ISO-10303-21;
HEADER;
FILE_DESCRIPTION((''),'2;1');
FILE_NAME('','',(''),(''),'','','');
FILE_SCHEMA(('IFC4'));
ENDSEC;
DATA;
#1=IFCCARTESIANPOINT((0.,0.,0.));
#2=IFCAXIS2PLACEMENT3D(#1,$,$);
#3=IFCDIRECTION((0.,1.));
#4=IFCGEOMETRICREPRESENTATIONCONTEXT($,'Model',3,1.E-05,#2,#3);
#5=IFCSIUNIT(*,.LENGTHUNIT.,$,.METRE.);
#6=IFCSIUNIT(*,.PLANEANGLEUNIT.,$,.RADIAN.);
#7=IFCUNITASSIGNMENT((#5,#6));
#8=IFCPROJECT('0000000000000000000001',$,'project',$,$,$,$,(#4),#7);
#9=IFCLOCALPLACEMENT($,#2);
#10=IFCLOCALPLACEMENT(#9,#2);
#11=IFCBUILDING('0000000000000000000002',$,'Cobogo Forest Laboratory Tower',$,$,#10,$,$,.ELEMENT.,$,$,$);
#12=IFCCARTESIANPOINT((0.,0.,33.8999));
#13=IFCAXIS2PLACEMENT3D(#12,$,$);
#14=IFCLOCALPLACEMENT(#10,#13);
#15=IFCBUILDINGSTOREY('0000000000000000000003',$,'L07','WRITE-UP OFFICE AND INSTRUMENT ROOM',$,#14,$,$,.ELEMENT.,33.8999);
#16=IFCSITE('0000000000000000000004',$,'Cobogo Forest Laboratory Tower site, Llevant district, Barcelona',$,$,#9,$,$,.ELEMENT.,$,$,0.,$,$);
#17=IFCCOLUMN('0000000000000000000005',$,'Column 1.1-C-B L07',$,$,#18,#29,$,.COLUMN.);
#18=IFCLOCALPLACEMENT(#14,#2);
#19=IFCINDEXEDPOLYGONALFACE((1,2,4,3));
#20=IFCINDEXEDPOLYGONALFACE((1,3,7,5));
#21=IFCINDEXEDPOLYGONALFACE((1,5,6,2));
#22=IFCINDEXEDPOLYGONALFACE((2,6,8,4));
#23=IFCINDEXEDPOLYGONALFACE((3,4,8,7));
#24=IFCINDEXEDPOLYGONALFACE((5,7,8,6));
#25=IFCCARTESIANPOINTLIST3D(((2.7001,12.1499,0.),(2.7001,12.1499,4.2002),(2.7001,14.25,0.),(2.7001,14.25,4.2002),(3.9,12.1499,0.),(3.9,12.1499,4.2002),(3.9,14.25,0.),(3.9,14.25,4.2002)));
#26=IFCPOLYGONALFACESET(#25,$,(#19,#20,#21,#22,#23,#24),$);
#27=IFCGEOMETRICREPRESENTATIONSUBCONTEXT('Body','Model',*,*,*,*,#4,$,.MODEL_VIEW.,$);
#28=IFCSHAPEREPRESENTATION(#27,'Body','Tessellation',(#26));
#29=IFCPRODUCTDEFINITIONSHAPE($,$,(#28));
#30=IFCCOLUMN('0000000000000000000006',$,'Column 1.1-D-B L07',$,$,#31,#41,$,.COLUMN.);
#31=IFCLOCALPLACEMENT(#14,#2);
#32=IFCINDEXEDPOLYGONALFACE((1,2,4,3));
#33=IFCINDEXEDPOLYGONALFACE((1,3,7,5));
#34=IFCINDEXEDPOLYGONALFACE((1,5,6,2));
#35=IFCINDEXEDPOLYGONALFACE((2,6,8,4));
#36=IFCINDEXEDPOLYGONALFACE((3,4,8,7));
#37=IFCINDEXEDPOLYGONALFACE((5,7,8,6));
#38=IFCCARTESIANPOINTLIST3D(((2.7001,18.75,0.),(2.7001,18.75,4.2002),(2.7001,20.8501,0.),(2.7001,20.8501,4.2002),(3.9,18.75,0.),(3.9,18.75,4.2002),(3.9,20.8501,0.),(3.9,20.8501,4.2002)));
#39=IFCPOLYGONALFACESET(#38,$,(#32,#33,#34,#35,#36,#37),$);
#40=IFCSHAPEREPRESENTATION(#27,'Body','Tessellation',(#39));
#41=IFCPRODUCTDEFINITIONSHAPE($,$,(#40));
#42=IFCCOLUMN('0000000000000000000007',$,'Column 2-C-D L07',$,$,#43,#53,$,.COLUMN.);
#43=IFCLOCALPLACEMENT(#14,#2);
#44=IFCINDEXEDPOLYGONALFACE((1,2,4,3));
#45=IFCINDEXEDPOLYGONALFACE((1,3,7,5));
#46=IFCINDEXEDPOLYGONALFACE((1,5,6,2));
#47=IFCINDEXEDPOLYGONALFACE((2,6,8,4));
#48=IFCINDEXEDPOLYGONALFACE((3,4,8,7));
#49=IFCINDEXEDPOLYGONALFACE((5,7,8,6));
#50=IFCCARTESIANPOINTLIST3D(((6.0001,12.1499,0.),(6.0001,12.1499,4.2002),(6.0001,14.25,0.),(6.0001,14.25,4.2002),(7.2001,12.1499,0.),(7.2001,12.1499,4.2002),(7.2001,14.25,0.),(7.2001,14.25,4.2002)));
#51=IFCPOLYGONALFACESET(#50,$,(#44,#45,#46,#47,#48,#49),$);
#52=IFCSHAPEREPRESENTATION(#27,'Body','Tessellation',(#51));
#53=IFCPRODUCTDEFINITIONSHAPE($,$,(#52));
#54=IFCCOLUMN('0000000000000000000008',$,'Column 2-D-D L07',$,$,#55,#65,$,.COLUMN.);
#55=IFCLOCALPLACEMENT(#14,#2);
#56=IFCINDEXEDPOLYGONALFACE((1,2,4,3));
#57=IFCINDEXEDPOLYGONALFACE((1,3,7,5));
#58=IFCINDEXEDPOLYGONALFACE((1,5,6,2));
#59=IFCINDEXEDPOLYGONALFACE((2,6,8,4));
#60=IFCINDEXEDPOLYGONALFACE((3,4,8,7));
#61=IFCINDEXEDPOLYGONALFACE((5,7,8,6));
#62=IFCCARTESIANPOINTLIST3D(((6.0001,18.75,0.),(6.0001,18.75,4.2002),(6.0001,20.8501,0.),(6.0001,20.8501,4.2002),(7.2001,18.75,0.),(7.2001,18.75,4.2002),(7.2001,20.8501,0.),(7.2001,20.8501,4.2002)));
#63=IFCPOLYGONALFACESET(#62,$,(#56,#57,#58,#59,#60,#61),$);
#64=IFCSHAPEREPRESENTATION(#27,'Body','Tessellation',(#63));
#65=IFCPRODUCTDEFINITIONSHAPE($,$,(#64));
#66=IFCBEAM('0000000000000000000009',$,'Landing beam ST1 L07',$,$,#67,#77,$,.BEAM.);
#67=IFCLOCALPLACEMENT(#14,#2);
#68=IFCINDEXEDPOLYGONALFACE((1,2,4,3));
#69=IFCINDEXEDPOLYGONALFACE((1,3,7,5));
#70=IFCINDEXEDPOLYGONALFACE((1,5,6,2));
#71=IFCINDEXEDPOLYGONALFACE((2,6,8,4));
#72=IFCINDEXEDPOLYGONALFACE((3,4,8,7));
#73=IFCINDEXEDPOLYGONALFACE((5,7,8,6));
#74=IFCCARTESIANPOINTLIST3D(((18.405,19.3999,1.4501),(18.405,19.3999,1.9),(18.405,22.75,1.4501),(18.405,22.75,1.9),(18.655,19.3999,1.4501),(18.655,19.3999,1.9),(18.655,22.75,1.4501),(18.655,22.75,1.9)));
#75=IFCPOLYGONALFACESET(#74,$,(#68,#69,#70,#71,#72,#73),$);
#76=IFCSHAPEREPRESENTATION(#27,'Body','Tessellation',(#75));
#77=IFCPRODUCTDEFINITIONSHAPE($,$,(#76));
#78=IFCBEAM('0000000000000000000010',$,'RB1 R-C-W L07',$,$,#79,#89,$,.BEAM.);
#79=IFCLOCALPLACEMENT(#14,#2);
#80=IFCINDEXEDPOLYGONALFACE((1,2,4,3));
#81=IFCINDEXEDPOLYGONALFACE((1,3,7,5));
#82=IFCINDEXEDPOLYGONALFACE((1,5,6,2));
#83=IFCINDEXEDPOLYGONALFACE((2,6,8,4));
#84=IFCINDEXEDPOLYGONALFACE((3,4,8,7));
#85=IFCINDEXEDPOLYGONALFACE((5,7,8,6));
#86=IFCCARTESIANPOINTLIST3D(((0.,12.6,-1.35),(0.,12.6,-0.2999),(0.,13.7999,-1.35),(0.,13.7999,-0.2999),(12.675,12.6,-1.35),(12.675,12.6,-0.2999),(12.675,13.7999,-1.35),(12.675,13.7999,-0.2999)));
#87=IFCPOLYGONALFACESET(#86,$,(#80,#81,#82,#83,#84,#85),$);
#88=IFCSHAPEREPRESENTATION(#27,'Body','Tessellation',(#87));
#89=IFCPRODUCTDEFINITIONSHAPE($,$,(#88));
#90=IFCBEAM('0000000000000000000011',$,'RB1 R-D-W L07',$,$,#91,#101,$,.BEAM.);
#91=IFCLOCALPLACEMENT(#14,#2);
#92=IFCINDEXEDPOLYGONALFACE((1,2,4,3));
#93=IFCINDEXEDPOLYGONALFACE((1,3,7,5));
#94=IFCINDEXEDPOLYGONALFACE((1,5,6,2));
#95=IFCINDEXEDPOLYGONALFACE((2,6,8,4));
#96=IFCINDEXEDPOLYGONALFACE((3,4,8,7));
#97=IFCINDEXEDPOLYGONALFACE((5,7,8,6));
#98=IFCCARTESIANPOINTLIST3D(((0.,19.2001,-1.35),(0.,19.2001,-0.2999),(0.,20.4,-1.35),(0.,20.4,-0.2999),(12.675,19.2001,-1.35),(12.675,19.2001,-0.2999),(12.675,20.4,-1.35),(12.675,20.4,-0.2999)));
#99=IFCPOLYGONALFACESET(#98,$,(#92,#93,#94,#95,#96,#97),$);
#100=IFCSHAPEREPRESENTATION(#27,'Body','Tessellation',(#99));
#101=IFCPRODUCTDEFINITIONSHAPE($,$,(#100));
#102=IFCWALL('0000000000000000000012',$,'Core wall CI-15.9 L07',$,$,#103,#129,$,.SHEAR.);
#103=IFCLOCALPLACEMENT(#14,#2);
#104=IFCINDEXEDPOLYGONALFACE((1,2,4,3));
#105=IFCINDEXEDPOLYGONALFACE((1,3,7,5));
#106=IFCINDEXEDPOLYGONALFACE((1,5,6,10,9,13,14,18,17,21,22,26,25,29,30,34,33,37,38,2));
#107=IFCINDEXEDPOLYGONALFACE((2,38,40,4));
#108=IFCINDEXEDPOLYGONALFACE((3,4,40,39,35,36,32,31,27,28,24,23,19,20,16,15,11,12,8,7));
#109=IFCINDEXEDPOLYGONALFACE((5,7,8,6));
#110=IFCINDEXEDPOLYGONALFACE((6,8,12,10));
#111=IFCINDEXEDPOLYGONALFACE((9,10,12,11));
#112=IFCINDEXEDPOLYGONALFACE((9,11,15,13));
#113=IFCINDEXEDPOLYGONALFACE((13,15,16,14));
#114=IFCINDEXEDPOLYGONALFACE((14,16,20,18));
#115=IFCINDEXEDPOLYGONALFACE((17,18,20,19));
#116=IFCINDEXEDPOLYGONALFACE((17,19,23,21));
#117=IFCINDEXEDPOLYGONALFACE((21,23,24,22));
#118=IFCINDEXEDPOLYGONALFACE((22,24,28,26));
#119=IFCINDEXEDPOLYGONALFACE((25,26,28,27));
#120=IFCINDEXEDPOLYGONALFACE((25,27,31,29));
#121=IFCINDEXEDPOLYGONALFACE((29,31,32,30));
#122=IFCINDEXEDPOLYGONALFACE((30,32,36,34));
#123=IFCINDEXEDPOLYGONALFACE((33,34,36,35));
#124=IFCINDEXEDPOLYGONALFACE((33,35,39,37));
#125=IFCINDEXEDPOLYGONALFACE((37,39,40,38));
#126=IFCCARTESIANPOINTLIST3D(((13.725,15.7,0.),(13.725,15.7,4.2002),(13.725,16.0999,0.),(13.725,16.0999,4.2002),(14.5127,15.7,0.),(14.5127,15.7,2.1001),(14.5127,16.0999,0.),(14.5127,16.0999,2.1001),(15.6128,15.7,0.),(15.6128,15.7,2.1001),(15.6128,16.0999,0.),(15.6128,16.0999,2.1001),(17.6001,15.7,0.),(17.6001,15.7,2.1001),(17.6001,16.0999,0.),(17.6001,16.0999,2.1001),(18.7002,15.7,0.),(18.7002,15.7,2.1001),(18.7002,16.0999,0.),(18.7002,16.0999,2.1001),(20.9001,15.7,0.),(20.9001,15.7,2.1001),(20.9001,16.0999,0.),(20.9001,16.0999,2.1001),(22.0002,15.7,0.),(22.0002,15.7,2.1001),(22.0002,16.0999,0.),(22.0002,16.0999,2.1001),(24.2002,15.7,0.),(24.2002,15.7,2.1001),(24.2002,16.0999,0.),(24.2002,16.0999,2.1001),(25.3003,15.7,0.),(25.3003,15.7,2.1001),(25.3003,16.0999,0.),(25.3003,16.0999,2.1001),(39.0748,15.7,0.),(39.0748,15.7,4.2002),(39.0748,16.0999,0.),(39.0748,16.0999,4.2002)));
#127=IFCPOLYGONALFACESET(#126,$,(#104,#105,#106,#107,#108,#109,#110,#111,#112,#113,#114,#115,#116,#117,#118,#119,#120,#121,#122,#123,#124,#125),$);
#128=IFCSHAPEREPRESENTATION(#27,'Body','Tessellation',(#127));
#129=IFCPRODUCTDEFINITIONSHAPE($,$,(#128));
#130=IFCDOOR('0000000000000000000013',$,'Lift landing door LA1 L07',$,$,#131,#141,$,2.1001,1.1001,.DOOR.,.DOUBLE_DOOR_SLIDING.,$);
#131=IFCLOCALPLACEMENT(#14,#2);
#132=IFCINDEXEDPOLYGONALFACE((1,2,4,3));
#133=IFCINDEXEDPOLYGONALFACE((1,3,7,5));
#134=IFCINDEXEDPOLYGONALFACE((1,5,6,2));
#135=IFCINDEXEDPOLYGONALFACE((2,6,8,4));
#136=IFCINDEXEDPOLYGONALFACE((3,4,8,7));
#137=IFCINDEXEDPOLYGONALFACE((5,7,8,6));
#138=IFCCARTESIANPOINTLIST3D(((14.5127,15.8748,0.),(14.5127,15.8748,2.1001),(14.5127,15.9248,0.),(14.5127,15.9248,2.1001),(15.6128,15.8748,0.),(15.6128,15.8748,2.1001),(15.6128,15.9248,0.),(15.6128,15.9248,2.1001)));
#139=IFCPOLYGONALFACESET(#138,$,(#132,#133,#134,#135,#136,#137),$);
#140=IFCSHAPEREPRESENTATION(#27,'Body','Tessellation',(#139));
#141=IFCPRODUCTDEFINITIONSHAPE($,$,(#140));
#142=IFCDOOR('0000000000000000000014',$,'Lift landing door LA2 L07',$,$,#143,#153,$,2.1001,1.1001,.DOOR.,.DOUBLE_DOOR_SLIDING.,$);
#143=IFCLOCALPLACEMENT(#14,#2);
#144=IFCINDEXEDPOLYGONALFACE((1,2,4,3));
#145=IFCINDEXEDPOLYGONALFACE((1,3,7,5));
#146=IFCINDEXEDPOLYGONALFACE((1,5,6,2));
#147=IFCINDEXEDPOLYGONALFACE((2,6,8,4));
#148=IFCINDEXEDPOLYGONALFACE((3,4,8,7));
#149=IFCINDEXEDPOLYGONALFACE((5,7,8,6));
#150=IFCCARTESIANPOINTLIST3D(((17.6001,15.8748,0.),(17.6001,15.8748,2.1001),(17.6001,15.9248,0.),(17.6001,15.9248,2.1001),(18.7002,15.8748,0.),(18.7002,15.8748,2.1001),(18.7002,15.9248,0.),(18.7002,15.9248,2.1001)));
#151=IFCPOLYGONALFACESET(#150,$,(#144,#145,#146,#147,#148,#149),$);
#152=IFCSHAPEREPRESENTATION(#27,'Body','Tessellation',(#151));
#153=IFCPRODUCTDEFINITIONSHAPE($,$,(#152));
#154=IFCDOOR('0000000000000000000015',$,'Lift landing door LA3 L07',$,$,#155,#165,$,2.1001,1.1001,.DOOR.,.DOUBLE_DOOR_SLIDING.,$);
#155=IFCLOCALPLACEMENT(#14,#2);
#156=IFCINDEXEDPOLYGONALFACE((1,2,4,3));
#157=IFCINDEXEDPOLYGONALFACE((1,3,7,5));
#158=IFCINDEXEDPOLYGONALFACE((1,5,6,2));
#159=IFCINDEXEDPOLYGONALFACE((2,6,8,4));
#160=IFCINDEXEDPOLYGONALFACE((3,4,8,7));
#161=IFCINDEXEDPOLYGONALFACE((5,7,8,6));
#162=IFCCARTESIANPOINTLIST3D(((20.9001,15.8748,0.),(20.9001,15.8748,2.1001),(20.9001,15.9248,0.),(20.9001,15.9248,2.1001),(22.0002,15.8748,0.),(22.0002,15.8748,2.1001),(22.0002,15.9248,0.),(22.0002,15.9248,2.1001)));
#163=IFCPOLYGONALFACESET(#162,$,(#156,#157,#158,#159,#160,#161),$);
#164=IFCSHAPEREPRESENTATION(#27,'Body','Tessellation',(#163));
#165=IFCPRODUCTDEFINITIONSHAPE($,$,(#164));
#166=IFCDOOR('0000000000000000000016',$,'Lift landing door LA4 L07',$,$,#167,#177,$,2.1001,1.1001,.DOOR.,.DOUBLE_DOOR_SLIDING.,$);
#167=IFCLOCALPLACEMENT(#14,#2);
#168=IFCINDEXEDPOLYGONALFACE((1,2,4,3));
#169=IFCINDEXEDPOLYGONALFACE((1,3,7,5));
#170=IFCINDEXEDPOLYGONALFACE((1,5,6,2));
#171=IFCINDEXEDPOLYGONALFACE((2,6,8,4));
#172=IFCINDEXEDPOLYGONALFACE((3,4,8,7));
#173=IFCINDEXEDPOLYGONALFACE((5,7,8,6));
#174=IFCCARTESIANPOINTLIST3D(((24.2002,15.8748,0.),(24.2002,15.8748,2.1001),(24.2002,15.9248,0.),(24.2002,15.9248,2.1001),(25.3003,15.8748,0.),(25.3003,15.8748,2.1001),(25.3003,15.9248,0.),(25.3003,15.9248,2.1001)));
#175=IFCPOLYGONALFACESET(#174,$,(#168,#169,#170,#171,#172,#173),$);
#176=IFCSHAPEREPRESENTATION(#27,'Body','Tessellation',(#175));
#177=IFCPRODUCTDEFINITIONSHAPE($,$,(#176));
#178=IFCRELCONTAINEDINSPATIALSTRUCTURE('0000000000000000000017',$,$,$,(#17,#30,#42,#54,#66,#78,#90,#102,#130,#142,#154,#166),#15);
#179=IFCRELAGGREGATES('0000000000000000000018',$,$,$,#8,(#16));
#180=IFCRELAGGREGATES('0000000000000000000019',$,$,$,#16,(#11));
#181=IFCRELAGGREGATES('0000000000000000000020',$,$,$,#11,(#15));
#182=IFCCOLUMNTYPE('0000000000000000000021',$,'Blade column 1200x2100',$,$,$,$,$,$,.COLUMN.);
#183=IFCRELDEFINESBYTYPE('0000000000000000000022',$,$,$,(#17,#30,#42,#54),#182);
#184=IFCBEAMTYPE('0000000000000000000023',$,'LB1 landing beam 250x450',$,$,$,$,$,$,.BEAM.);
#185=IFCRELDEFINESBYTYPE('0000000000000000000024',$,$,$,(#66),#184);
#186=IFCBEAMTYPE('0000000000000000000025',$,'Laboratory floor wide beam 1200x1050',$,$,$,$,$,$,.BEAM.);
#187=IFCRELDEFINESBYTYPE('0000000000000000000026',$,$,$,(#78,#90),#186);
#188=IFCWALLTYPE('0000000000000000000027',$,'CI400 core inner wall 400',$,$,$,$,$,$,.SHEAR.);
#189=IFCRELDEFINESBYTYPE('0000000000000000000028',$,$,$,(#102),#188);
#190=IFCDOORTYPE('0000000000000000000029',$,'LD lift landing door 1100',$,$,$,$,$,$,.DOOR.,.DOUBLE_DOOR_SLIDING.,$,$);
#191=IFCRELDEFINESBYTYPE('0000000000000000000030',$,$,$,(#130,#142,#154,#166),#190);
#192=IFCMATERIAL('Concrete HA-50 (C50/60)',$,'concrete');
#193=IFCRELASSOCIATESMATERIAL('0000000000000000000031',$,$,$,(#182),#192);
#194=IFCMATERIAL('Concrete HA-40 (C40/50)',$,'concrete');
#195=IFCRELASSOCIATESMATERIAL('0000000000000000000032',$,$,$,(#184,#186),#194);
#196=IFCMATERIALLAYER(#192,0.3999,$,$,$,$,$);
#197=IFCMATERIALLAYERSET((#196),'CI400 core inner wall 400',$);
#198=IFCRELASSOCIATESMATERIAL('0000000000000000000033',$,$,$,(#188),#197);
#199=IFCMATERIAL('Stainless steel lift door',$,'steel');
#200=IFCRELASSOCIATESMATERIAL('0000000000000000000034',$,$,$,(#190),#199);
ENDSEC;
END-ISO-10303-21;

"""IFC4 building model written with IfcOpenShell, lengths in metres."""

from ifc_helpers import new_model, si_unit, direction, frame, frame_2d, origin, origin_2d, place, context, subcontext, project, spatial, rectangle, extrude, material, layer, layer_set, material_profile, profile_set, type_object, element, fill, save


model = new_model("IFC4")

# Units and contexts
model_context = context("Model", 3, precision=1e-05, world=origin(), true_north=direction((0.0, 1.0)))
body_context = subcontext(model_context, "Body", "Model", "MODEL_VIEW")
ifc_project = project(units=[si_unit("LENGTHUNIT", "METRE"), si_unit("PLANEANGLEUNIT", "RADIAN")], contexts=[model_context])

# Site, building, storey
site_placement = place(None, origin())
site = spatial("IfcSite", under=ifc_project, at=site_placement, Name="Cobogo Forest Laboratory Tower site, Llevant district, Barcelona", CompositionType="ELEMENT", RefElevation=0.0)
building_placement = place(site_placement, origin())
building = spatial("IfcBuilding", under=site, at=building_placement, Name="Cobogo Forest Laboratory Tower", CompositionType="ELEMENT")
storey_placement = place(building_placement, frame((0.0, 0.0, 33.8999)))
storey = spatial("IfcBuildingStorey", under=building, at=storey_placement, Name="L07", Description="WRITE-UP OFFICE AND INSTRUMENT ROOM", CompositionType="ELEMENT", Elevation=33.8999)

# Columns
ifc_material_1 = material(Name="Concrete HA-50 (C50/60)", Category="concrete")
ifc_material_profile_1 = material_profile(ifc_material_1, rectangle(XDim=2.1001, YDim=1.2, at=origin_2d()), Name="RC 1200x2100")
ifc_profile_set_1 = profile_set([ifc_material_profile_1], Name="Concrete HA-50 (C50/60)")
column_type = type_object("IfcColumnType", Name="Blade column 1200x2100", PredefinedType="COLUMN", material=ifc_profile_set_1)
for number, where, z_axis, x_axis, name in (
    (1, (3.3, 13.2, 0.0), (0.0, 0.0, 1.0), (0.0, 1.0, 0.0), "Column 1.1-C-B L07"),
    (2, (3.3, 19.8, 0.0), (0.0, 0.0, 1.0), (0.0, 1.0, 0.0), "Column 1.1-D-B L07"),
    (3, (6.6001, 13.2, 0.0), (0.0, 0.0, 1.0), (0.0, 1.0, 0.0), "Column 2-C-D L07"),
    (4, (6.6001, 19.8, 0.0), (0.0, 0.0, 1.0), (0.0, 1.0, 0.0), "Column 2-D-D L07"),
):
    element("IfcColumn", number, at=place(storey_placement, frame(where, z_axis=z_axis, x_axis=x_axis)), inside=storey, type_object=column_type, Name=name, PredefinedType="COLUMN", context=body_context, shape_type="SweptSolid", body=[
        extrude(rectangle(XDim=2.1001, YDim=1.2, at=origin_2d()), origin(), (0.0, 0.0, 1.0), 4.2002),
    ])

# Beams
ifc_material_2 = material(Name="Concrete HA-40 (C40/50)", Category="concrete")
ifc_material_profile_2 = material_profile(ifc_material_2, rectangle(XDim=0.25, YDim=0.45, at=origin_2d()), Name="RC 250x450")
ifc_profile_set_2 = profile_set([ifc_material_profile_2], Name="Concrete HA-40 (C40/50)")
beam_type_1 = type_object("IfcBeamType", Name="LB1 landing beam 250x450", PredefinedType="BEAM", material=ifc_profile_set_2)
beam_placement = place(storey_placement, frame((18.53, 19.3999, 1.675), z_axis=(0.0, 1.0, 0.0), x_axis=(-1.0, 0.0, 0.0)))
element("IfcBeam", 5, at=beam_placement, inside=storey, type_object=beam_type_1, Name="Landing beam ST1 L07", PredefinedType="BEAM", context=body_context, shape_type="SweptSolid", body=[
    extrude(rectangle(XDim=0.25, YDim=0.45, at=origin_2d()), origin(), (0.0, 0.0, 1.0), 3.3501),
])
ifc_material_profile_3 = material_profile(ifc_material_2, rectangle(XDim=1.2, YDim=1.05, at=origin_2d()), Name="RC 1200x1050")
ifc_profile_set_3 = profile_set([ifc_material_profile_3], Name="Concrete HA-40 (C40/50)")
beam_type_2 = type_object("IfcBeamType", Name="Laboratory floor wide beam 1200x1050", PredefinedType="BEAM", material=ifc_profile_set_3)
for number, where, z_axis, x_axis, name in (
    (6, (12.675, 13.2, -0.825), (-1.0, 0.0, 0.0), (0.0, -1.0, 0.0), "RB1 R-C-W L07"),
    (7, (12.675, 19.8, -0.825), (-1.0, 0.0, 0.0), (0.0, -1.0, 0.0), "RB1 R-D-W L07"),
):
    element("IfcBeam", number, at=place(storey_placement, frame(where, z_axis=z_axis, x_axis=x_axis)), inside=storey, type_object=beam_type_2, Name=name, PredefinedType="BEAM", context=body_context, shape_type="SweptSolid", body=[
        extrude(rectangle(XDim=1.2, YDim=1.05, at=origin_2d()), origin(), (0.0, 0.0, 1.0), 12.675),
    ])

# Wall, openings, doors
ifc_layer_1 = layer(ifc_material_1, 0.3999)
ifc_layer_set_1 = layer_set([ifc_layer_1], Name="CI400 core inner wall 400")
wall_type_1 = type_object("IfcWallType", Name="CI400 core inner wall 400", PredefinedType="SHEAR", material=ifc_layer_set_1)
wall_1_placement = place(storey_placement, frame((13.7251, 15.8999, 0.0), z_axis=(0.0, 0.0, 1.0), x_axis=(1.0, 0.0, 0.0)))
wall_1 = element("IfcWall", 8, at=wall_1_placement, inside=storey, type_object=wall_type_1, Name="Core wall CI-15.9 L07", PredefinedType="SHEAR", context=body_context, shape_type="SweptSolid", body=[
    extrude(rectangle(XDim=25.3499, YDim=0.3999, at=frame_2d((12.6748, 0.0))), origin(), (0.0, 0.0, 1.0), 4.2002),
])
opening_1_placement = place(wall_1_placement, frame((0.7876, 0.0, 0.0)))
opening_1 = element("IfcOpeningElement", 9, at=opening_1_placement, cuts=wall_1, PredefinedType="OPENING", context=body_context, shape_type="SweptSolid", body=[
    extrude(rectangle(XDim=1.1001, YDim=2.1001, at=frame_2d((0.55, 1.05))), frame((0.0, 0.21, 0.0), z_axis=(0.0, -1.0, 0.0), x_axis=(1.0, 0.0, 0.0)), (0.0, 0.0, 1.0), 0.4199),
])
opening_2_placement = place(wall_1_placement, frame((3.875, 0.0, 0.0)))
opening_2 = element("IfcOpeningElement", 10, at=opening_2_placement, cuts=wall_1, PredefinedType="OPENING", context=body_context, shape_type="SweptSolid", body=[
    extrude(rectangle(XDim=1.1001, YDim=2.1001, at=frame_2d((0.55, 1.05))), frame((0.0, 0.21, 0.0), z_axis=(0.0, -1.0, 0.0), x_axis=(1.0, 0.0, 0.0)), (0.0, 0.0, 1.0), 0.4199),
])
opening_3_placement = place(wall_1_placement, frame((7.175, 0.0, 0.0)))
opening_3 = element("IfcOpeningElement", 11, at=opening_3_placement, cuts=wall_1, PredefinedType="OPENING", context=body_context, shape_type="SweptSolid", body=[
    extrude(rectangle(XDim=1.1001, YDim=2.1001, at=frame_2d((0.55, 1.05))), frame((0.0, 0.21, 0.0), z_axis=(0.0, -1.0, 0.0), x_axis=(1.0, 0.0, 0.0)), (0.0, 0.0, 1.0), 0.4199),
])
opening_4_placement = place(wall_1_placement, frame((10.4751, 0.0, 0.0)))
opening_4 = element("IfcOpeningElement", 12, at=opening_4_placement, cuts=wall_1, PredefinedType="OPENING", context=body_context, shape_type="SweptSolid", body=[
    extrude(rectangle(XDim=1.1001, YDim=2.1001, at=frame_2d((0.55, 1.05))), frame((0.0, 0.21, 0.0), z_axis=(0.0, -1.0, 0.0), x_axis=(1.0, 0.0, 0.0)), (0.0, 0.0, 1.0), 0.4199),
])
ifc_material_3 = material(Name="Stainless steel lift door", Category="steel")
door_type_1 = type_object("IfcDoorType", Name="LD lift landing door 1100", OperationType="DOUBLE_DOOR_SLIDING", PredefinedType="DOOR", material=ifc_material_3)
door_1_placement = place(opening_1_placement, origin())
door_1 = element("IfcDoor", 13, at=door_1_placement, inside=storey, type_object=door_type_1, Name="Lift landing door LA1 L07", OperationType="DOUBLE_DOOR_SLIDING", OverallHeight=2.1001, OverallWidth=1.1001, PredefinedType="DOOR", context=body_context, shape_type="SweptSolid", body=[
    extrude(rectangle(XDim=1.1001, YDim=2.1001, at=frame_2d((0.55, 1.05))), frame((0.0, 0.0249, 0.0), z_axis=(0.0, -1.0, 0.0), x_axis=(1.0, 0.0, 0.0)), (0.0, 0.0, 1.0), 0.05),
])
fill(opening_1, door_1)
door_2_placement = place(opening_2_placement, origin())
door_2 = element("IfcDoor", 14, at=door_2_placement, inside=storey, type_object=door_type_1, Name="Lift landing door LA2 L07", OperationType="DOUBLE_DOOR_SLIDING", OverallHeight=2.1001, OverallWidth=1.1001, PredefinedType="DOOR", context=body_context, shape_type="SweptSolid", body=[
    extrude(rectangle(XDim=1.1001, YDim=2.1001, at=frame_2d((0.55, 1.05))), frame((0.0, 0.0249, 0.0), z_axis=(0.0, -1.0, 0.0), x_axis=(1.0, 0.0, 0.0)), (0.0, 0.0, 1.0), 0.05),
])
fill(opening_2, door_2)
door_3_placement = place(opening_3_placement, origin())
door_3 = element("IfcDoor", 15, at=door_3_placement, inside=storey, type_object=door_type_1, Name="Lift landing door LA3 L07", OperationType="DOUBLE_DOOR_SLIDING", OverallHeight=2.1001, OverallWidth=1.1001, PredefinedType="DOOR", context=body_context, shape_type="SweptSolid", body=[
    extrude(rectangle(XDim=1.1001, YDim=2.1001, at=frame_2d((0.55, 1.05))), frame((0.0, 0.0249, 0.0), z_axis=(0.0, -1.0, 0.0), x_axis=(1.0, 0.0, 0.0)), (0.0, 0.0, 1.0), 0.05),
])
fill(opening_3, door_3)
door_4_placement = place(opening_4_placement, origin())
door_4 = element("IfcDoor", 16, at=door_4_placement, inside=storey, type_object=door_type_1, Name="Lift landing door LA4 L07", OperationType="DOUBLE_DOOR_SLIDING", OverallHeight=2.1001, OverallWidth=1.1001, PredefinedType="DOOR", context=body_context, shape_type="SweptSolid", body=[
    extrude(rectangle(XDim=1.1001, YDim=2.1001, at=frame_2d((0.55, 1.05))), frame((0.0, 0.0249, 0.0), z_axis=(0.0, -1.0, 0.0), x_axis=(1.0, 0.0, 0.0)), (0.0, 0.0, 1.0), 0.05),
])
fill(opening_4, door_4)

save(model, "model.ifc")
